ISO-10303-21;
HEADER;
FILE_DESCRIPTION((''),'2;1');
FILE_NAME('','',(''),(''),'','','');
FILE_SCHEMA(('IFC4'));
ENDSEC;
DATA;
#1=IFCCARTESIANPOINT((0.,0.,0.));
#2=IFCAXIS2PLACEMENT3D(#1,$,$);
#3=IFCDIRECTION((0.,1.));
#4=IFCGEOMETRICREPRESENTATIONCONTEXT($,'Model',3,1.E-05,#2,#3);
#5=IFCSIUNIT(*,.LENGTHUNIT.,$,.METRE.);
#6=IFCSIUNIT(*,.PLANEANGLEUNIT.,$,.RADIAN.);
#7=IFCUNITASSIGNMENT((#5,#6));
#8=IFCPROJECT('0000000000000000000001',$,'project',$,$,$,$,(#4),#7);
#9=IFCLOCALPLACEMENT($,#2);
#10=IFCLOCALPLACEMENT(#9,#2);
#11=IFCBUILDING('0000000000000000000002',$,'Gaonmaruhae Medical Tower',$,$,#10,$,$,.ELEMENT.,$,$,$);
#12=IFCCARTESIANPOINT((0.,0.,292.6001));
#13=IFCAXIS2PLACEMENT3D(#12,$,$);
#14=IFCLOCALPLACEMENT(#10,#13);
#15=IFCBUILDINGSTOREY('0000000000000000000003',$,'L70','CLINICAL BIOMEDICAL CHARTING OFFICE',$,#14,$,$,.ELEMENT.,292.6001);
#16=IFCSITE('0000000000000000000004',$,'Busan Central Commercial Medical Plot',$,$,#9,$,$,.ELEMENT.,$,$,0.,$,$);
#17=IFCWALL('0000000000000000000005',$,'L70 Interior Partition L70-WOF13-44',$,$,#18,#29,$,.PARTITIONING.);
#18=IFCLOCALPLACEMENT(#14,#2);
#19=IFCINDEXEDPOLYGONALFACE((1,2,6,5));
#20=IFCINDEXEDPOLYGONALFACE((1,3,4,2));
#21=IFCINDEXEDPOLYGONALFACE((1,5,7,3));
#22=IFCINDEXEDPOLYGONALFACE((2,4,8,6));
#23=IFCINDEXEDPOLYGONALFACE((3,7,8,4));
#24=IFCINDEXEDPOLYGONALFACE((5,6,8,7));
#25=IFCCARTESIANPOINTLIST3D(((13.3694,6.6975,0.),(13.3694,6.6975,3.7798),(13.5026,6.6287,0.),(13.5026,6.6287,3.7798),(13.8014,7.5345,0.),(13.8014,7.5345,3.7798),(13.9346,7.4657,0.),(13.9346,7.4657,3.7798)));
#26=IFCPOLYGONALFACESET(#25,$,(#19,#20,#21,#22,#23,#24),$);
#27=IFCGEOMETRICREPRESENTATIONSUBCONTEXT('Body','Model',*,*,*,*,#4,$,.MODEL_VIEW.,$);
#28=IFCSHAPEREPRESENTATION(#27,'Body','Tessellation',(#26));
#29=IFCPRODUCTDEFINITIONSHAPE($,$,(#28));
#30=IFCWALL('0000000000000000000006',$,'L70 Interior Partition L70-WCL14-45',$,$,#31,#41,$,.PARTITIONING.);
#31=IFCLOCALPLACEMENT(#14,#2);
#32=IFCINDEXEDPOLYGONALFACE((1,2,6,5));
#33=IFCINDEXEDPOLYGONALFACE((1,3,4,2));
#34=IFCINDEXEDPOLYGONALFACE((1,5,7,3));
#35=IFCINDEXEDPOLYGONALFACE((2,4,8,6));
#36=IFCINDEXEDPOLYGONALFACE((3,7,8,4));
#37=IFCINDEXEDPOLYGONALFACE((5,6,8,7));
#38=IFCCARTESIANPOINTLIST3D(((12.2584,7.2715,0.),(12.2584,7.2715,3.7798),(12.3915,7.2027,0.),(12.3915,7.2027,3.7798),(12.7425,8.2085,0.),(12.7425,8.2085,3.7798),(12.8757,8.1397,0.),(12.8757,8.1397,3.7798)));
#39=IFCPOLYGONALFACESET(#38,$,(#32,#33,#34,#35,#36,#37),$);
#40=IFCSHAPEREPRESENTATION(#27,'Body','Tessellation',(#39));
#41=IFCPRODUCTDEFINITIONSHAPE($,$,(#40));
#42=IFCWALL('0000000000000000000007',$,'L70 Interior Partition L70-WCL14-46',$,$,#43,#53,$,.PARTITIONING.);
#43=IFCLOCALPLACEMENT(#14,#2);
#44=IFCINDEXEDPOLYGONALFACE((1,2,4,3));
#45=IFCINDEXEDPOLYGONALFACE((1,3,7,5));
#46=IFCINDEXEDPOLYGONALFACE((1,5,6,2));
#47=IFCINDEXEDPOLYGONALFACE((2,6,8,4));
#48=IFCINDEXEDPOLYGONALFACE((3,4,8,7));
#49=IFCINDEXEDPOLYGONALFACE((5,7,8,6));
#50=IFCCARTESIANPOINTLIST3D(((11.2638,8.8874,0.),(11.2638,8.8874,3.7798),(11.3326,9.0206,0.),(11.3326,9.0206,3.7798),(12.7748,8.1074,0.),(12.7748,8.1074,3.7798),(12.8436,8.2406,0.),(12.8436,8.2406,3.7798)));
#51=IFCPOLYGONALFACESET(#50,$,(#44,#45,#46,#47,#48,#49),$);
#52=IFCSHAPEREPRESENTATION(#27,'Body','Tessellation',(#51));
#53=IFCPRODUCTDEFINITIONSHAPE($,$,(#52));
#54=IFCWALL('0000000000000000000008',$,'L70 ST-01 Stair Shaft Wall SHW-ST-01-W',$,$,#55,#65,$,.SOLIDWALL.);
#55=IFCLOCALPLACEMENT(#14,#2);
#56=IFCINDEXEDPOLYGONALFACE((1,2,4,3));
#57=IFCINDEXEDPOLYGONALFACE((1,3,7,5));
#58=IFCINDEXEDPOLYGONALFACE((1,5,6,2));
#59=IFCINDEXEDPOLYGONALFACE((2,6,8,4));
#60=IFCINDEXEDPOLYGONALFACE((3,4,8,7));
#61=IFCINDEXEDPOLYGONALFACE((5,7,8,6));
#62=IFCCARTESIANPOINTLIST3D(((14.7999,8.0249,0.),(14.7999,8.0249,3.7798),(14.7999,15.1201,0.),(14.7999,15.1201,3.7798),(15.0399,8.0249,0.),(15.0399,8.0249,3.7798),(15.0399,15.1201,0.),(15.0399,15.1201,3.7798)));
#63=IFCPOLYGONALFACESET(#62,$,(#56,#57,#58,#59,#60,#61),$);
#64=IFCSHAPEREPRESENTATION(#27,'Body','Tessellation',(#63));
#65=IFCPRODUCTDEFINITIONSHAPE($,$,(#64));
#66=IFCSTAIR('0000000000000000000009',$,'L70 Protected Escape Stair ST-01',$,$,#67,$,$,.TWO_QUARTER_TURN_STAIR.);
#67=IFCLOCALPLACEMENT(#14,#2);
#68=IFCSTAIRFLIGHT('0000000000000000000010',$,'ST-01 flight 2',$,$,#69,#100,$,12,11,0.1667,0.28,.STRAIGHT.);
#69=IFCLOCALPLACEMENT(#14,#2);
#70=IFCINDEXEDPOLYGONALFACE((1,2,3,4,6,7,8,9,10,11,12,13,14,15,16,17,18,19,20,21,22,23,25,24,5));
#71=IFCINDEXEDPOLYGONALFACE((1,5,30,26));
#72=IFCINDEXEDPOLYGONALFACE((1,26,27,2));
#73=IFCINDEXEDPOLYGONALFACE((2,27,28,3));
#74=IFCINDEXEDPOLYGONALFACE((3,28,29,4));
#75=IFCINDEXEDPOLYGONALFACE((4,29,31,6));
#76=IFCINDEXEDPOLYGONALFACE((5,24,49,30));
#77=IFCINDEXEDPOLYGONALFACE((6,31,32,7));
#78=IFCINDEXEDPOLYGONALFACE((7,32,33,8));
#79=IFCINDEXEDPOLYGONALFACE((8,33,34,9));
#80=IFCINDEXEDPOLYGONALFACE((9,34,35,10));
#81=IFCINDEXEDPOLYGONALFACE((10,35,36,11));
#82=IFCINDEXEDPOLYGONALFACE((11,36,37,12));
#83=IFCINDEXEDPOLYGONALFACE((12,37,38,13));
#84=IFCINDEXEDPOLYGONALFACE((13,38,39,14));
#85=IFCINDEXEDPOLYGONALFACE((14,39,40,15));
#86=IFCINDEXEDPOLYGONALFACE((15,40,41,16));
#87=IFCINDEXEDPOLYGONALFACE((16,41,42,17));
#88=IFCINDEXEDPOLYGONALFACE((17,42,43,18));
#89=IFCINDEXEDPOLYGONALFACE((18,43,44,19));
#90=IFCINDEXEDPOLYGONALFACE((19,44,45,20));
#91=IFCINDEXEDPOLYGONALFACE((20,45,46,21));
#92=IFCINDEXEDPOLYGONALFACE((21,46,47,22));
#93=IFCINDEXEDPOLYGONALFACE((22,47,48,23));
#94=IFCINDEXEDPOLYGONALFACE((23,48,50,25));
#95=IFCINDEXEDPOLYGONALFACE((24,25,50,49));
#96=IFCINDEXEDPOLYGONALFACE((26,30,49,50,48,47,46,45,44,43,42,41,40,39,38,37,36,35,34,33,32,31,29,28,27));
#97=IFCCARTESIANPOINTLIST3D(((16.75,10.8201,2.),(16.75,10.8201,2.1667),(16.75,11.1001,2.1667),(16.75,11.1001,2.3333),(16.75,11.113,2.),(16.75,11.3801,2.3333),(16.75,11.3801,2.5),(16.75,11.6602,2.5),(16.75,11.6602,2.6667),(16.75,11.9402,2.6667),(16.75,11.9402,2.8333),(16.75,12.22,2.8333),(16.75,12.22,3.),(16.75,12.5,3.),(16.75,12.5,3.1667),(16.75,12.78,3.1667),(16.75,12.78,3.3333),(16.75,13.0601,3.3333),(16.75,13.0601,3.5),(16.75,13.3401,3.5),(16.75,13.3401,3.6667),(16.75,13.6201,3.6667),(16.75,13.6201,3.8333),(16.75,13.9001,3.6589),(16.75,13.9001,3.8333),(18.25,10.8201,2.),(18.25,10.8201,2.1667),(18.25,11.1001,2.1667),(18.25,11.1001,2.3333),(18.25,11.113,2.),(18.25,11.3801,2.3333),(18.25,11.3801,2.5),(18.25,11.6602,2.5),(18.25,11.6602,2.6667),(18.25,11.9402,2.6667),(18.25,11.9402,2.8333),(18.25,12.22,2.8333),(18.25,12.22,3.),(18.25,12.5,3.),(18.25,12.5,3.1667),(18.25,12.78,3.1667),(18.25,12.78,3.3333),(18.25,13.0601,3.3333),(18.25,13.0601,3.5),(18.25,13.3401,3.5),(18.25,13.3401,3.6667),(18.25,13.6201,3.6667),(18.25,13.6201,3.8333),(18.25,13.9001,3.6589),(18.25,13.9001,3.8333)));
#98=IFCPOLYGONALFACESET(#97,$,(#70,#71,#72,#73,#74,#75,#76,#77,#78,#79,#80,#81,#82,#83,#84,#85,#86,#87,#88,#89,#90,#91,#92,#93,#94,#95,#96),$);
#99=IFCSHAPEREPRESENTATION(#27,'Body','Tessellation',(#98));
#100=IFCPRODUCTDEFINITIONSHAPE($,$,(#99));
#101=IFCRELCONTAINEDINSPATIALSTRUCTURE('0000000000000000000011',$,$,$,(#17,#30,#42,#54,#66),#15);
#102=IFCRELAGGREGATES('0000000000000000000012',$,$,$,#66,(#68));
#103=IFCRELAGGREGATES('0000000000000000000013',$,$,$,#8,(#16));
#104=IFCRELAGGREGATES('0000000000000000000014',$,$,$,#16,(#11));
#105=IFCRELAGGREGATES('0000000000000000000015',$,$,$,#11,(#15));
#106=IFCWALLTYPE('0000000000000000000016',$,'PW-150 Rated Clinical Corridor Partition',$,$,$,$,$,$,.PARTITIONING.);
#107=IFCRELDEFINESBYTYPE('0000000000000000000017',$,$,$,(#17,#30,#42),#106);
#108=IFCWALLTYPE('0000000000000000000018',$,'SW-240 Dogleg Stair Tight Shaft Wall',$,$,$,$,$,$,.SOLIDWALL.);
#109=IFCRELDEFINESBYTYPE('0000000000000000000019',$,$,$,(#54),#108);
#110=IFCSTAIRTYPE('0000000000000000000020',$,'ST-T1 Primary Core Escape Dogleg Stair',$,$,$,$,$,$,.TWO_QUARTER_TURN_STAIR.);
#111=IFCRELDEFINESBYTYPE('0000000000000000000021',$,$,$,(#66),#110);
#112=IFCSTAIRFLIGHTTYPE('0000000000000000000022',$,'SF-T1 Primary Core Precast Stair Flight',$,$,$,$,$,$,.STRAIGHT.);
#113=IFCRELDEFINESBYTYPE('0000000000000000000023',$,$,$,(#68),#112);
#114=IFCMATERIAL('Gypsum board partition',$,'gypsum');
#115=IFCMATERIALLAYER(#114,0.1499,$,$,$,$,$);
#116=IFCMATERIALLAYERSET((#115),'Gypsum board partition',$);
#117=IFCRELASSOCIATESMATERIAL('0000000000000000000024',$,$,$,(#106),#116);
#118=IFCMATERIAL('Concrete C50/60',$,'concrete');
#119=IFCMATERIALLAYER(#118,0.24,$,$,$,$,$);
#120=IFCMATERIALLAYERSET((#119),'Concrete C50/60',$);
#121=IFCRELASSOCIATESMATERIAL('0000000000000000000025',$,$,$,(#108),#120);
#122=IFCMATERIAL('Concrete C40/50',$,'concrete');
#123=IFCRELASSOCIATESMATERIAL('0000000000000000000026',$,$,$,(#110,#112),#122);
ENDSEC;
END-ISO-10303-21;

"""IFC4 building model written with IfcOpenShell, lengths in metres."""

from ifc_helpers import new_model, si_unit, direction, frame, frame_2d, origin, place, context, subcontext, project, spatial, polyline, rectangle, outline, extrude, material, layer, layer_set, type_object, element, aggregate, save


model = new_model("IFC4")

# Units and contexts
model_context = context("Model", 3, precision=1e-05, world=origin(), true_north=direction((0.0, 1.0)))
body_context = subcontext(model_context, "Body", "Model", "MODEL_VIEW")
ifc_project = project(units=[si_unit("LENGTHUNIT", "METRE"), si_unit("PLANEANGLEUNIT", "RADIAN")], contexts=[model_context])

# Site, building, storey
site_placement = place(None, origin())
site = spatial("IfcSite", under=ifc_project, at=site_placement, Name="Busan Central Commercial Medical Plot", CompositionType="ELEMENT", RefElevation=0.0)
building_placement = place(site_placement, origin())
building = spatial("IfcBuilding", under=site, at=building_placement, Name="Gaonmaruhae Medical Tower", CompositionType="ELEMENT")
storey_placement = place(building_placement, frame((0.0, 0.0, 292.6001)))
storey = spatial("IfcBuildingStorey", under=building, at=storey_placement, Name="L70", Description="CLINICAL BIOMEDICAL CHARTING OFFICE", CompositionType="ELEMENT", Elevation=292.6001)

# Shared definitions
ifc_material_1 = material(Name="Concrete C50/60", Category="concrete")

# Walls
ifc_material_2 = material(Name="Gypsum board partition", Category="gypsum")
ifc_layer_1 = layer(ifc_material_2, 0.1499)
ifc_layer_set_1 = layer_set([ifc_layer_1], Name="Gypsum board partition")
wall_type_1 = type_object("IfcWallType", Name="PW-150 Rated Clinical Corridor Partition", PredefinedType="PARTITIONING", material=ifc_layer_set_1)
wall_1_placement = place(storey_placement, frame((13.436, 6.6631, 0.0), z_axis=(0.0, 0.0, 1.0), x_axis=(0.458583, 0.888651, 0.0)))
element("IfcWall", 1, at=wall_1_placement, inside=storey, type_object=wall_type_1, Name="L70 Interior Partition L70-WOF13-44", PredefinedType="PARTITIONING", context=body_context, shape_type="SweptSolid", body=[
    extrude(rectangle(XDim=0.9419, YDim=0.1499, at=frame_2d((0.4709, 0.0))), origin(), (0.0, 0.0, 1.0), 3.7798),
])
wall_2_placement = place(storey_placement, frame((12.325, 7.2371, 0.0), z_axis=(0.0, 0.0, 1.0), x_axis=(0.459026, 0.888423, 0.0)))
element("IfcWall", 2, at=wall_2_placement, inside=storey, type_object=wall_type_1, Name="L70 Interior Partition L70-WCL14-45", PredefinedType="PARTITIONING", context=body_context, shape_type="SweptSolid", body=[
    extrude(rectangle(XDim=1.0547, YDim=0.1499, at=frame_2d((0.5273, 0.0))), origin(), (0.0, 0.0, 1.0), 3.7798),
])
wall_3_placement = place(storey_placement, frame((12.8091, 8.1741, 0.0), z_axis=(0.0, 0.0, 1.0), x_axis=(-0.888581, 0.45872, 0.0)))
element("IfcWall", 3, at=wall_3_placement, inside=storey, type_object=wall_type_1, Name="L70 Interior Partition L70-WCL14-46", PredefinedType="PARTITIONING", context=body_context, shape_type="SweptSolid", body=[
    extrude(rectangle(XDim=1.7004, YDim=0.1499, at=frame_2d((0.8501, 0.0))), origin(), (0.0, 0.0, 1.0), 3.7798),
])
ifc_layer_2 = layer(ifc_material_1, 0.24)
ifc_layer_set_2 = layer_set([ifc_layer_2], Name="Concrete C50/60")
wall_type_2 = type_object("IfcWallType", Name="SW-240 Dogleg Stair Tight Shaft Wall", PredefinedType="SOLIDWALL", material=ifc_layer_set_2)
wall_4_placement = place(storey_placement, frame((14.9199, 8.0249, 0.0), z_axis=(0.0, 0.0, 1.0), x_axis=(0.0, 1.0, 0.0)))
element("IfcWall", 4, at=wall_4_placement, inside=storey, type_object=wall_type_2, Name="L70 ST-01 Stair Shaft Wall SHW-ST-01-W", PredefinedType="SOLIDWALL", context=body_context, shape_type="SweptSolid", body=[
    extrude(rectangle(XDim=7.0952, YDim=0.24, at=frame_2d((3.5476, 0.0))), origin(), (0.0, 0.0, 1.0), 3.7798),
])

# Stair, stair flight
ifc_material_3 = material(Name="Concrete C40/50", Category="concrete")
stair_type = type_object("IfcStairType", Name="ST-T1 Primary Core Escape Dogleg Stair", PredefinedType="TWO_QUARTER_TURN_STAIR", material=ifc_material_3)
stair_placement = place(storey_placement, origin())
stair = element("IfcStair", 5, at=stair_placement, inside=storey, type_object=stair_type, Name="L70 Protected Escape Stair ST-01", PredefinedType="TWO_QUARTER_TURN_STAIR")
stair_flight_type = type_object("IfcStairFlightType", Name="SF-T1 Primary Core Precast Stair Flight", PredefinedType="STRAIGHT", material=ifc_material_3)
stair_flight_placement = place(storey_placement, frame((17.5, 10.8201, 2.0), z_axis=(0.0, 0.0, 1.0), x_axis=(0.0, 1.0, 0.0)))
stair_flight = element("IfcStairFlight", 6, at=stair_flight_placement, type_object=stair_flight_type, Name="ST-01 flight 2", NumberOfRisers=12, NumberOfTreads=11, PredefinedType="STRAIGHT", RiserHeight=0.1667, TreadLength=0.28, context=body_context, shape_type="SweptSolid", body=[
    extrude(outline(polyline([(0.0, 0.0), (0.0, 0.1667), (0.28, 0.1667), (0.28, 0.3333), (0.5601, 0.3333), (0.5601, 0.5), (0.8401, 0.5), (0.8401, 0.6667), (1.1201, 0.6667), (1.1201, 0.8333), (1.3999, 0.8333), (1.3999, 1.0), (1.6799, 1.0), (1.6799, 1.1667), (1.96, 1.1667), (1.96, 1.3333), (2.24, 1.3333), (2.24, 1.5), (2.52, 1.5), (2.52, 1.6667), (2.8, 1.6667), (2.8, 1.8333), (3.0801, 1.8333), (3.0801, 2.0), (3.0801, 1.6589), (0.293, 0.0), (0.0, 0.0)])), frame((0.0, 0.75, 0.0), z_axis=(0.0, -1.0, 0.0), x_axis=(1.0, 0.0, 0.0)), (0.0, 0.0, 1.0), 1.5),
])
aggregate(stair, [stair_flight])

save(model, "model.ifc")
